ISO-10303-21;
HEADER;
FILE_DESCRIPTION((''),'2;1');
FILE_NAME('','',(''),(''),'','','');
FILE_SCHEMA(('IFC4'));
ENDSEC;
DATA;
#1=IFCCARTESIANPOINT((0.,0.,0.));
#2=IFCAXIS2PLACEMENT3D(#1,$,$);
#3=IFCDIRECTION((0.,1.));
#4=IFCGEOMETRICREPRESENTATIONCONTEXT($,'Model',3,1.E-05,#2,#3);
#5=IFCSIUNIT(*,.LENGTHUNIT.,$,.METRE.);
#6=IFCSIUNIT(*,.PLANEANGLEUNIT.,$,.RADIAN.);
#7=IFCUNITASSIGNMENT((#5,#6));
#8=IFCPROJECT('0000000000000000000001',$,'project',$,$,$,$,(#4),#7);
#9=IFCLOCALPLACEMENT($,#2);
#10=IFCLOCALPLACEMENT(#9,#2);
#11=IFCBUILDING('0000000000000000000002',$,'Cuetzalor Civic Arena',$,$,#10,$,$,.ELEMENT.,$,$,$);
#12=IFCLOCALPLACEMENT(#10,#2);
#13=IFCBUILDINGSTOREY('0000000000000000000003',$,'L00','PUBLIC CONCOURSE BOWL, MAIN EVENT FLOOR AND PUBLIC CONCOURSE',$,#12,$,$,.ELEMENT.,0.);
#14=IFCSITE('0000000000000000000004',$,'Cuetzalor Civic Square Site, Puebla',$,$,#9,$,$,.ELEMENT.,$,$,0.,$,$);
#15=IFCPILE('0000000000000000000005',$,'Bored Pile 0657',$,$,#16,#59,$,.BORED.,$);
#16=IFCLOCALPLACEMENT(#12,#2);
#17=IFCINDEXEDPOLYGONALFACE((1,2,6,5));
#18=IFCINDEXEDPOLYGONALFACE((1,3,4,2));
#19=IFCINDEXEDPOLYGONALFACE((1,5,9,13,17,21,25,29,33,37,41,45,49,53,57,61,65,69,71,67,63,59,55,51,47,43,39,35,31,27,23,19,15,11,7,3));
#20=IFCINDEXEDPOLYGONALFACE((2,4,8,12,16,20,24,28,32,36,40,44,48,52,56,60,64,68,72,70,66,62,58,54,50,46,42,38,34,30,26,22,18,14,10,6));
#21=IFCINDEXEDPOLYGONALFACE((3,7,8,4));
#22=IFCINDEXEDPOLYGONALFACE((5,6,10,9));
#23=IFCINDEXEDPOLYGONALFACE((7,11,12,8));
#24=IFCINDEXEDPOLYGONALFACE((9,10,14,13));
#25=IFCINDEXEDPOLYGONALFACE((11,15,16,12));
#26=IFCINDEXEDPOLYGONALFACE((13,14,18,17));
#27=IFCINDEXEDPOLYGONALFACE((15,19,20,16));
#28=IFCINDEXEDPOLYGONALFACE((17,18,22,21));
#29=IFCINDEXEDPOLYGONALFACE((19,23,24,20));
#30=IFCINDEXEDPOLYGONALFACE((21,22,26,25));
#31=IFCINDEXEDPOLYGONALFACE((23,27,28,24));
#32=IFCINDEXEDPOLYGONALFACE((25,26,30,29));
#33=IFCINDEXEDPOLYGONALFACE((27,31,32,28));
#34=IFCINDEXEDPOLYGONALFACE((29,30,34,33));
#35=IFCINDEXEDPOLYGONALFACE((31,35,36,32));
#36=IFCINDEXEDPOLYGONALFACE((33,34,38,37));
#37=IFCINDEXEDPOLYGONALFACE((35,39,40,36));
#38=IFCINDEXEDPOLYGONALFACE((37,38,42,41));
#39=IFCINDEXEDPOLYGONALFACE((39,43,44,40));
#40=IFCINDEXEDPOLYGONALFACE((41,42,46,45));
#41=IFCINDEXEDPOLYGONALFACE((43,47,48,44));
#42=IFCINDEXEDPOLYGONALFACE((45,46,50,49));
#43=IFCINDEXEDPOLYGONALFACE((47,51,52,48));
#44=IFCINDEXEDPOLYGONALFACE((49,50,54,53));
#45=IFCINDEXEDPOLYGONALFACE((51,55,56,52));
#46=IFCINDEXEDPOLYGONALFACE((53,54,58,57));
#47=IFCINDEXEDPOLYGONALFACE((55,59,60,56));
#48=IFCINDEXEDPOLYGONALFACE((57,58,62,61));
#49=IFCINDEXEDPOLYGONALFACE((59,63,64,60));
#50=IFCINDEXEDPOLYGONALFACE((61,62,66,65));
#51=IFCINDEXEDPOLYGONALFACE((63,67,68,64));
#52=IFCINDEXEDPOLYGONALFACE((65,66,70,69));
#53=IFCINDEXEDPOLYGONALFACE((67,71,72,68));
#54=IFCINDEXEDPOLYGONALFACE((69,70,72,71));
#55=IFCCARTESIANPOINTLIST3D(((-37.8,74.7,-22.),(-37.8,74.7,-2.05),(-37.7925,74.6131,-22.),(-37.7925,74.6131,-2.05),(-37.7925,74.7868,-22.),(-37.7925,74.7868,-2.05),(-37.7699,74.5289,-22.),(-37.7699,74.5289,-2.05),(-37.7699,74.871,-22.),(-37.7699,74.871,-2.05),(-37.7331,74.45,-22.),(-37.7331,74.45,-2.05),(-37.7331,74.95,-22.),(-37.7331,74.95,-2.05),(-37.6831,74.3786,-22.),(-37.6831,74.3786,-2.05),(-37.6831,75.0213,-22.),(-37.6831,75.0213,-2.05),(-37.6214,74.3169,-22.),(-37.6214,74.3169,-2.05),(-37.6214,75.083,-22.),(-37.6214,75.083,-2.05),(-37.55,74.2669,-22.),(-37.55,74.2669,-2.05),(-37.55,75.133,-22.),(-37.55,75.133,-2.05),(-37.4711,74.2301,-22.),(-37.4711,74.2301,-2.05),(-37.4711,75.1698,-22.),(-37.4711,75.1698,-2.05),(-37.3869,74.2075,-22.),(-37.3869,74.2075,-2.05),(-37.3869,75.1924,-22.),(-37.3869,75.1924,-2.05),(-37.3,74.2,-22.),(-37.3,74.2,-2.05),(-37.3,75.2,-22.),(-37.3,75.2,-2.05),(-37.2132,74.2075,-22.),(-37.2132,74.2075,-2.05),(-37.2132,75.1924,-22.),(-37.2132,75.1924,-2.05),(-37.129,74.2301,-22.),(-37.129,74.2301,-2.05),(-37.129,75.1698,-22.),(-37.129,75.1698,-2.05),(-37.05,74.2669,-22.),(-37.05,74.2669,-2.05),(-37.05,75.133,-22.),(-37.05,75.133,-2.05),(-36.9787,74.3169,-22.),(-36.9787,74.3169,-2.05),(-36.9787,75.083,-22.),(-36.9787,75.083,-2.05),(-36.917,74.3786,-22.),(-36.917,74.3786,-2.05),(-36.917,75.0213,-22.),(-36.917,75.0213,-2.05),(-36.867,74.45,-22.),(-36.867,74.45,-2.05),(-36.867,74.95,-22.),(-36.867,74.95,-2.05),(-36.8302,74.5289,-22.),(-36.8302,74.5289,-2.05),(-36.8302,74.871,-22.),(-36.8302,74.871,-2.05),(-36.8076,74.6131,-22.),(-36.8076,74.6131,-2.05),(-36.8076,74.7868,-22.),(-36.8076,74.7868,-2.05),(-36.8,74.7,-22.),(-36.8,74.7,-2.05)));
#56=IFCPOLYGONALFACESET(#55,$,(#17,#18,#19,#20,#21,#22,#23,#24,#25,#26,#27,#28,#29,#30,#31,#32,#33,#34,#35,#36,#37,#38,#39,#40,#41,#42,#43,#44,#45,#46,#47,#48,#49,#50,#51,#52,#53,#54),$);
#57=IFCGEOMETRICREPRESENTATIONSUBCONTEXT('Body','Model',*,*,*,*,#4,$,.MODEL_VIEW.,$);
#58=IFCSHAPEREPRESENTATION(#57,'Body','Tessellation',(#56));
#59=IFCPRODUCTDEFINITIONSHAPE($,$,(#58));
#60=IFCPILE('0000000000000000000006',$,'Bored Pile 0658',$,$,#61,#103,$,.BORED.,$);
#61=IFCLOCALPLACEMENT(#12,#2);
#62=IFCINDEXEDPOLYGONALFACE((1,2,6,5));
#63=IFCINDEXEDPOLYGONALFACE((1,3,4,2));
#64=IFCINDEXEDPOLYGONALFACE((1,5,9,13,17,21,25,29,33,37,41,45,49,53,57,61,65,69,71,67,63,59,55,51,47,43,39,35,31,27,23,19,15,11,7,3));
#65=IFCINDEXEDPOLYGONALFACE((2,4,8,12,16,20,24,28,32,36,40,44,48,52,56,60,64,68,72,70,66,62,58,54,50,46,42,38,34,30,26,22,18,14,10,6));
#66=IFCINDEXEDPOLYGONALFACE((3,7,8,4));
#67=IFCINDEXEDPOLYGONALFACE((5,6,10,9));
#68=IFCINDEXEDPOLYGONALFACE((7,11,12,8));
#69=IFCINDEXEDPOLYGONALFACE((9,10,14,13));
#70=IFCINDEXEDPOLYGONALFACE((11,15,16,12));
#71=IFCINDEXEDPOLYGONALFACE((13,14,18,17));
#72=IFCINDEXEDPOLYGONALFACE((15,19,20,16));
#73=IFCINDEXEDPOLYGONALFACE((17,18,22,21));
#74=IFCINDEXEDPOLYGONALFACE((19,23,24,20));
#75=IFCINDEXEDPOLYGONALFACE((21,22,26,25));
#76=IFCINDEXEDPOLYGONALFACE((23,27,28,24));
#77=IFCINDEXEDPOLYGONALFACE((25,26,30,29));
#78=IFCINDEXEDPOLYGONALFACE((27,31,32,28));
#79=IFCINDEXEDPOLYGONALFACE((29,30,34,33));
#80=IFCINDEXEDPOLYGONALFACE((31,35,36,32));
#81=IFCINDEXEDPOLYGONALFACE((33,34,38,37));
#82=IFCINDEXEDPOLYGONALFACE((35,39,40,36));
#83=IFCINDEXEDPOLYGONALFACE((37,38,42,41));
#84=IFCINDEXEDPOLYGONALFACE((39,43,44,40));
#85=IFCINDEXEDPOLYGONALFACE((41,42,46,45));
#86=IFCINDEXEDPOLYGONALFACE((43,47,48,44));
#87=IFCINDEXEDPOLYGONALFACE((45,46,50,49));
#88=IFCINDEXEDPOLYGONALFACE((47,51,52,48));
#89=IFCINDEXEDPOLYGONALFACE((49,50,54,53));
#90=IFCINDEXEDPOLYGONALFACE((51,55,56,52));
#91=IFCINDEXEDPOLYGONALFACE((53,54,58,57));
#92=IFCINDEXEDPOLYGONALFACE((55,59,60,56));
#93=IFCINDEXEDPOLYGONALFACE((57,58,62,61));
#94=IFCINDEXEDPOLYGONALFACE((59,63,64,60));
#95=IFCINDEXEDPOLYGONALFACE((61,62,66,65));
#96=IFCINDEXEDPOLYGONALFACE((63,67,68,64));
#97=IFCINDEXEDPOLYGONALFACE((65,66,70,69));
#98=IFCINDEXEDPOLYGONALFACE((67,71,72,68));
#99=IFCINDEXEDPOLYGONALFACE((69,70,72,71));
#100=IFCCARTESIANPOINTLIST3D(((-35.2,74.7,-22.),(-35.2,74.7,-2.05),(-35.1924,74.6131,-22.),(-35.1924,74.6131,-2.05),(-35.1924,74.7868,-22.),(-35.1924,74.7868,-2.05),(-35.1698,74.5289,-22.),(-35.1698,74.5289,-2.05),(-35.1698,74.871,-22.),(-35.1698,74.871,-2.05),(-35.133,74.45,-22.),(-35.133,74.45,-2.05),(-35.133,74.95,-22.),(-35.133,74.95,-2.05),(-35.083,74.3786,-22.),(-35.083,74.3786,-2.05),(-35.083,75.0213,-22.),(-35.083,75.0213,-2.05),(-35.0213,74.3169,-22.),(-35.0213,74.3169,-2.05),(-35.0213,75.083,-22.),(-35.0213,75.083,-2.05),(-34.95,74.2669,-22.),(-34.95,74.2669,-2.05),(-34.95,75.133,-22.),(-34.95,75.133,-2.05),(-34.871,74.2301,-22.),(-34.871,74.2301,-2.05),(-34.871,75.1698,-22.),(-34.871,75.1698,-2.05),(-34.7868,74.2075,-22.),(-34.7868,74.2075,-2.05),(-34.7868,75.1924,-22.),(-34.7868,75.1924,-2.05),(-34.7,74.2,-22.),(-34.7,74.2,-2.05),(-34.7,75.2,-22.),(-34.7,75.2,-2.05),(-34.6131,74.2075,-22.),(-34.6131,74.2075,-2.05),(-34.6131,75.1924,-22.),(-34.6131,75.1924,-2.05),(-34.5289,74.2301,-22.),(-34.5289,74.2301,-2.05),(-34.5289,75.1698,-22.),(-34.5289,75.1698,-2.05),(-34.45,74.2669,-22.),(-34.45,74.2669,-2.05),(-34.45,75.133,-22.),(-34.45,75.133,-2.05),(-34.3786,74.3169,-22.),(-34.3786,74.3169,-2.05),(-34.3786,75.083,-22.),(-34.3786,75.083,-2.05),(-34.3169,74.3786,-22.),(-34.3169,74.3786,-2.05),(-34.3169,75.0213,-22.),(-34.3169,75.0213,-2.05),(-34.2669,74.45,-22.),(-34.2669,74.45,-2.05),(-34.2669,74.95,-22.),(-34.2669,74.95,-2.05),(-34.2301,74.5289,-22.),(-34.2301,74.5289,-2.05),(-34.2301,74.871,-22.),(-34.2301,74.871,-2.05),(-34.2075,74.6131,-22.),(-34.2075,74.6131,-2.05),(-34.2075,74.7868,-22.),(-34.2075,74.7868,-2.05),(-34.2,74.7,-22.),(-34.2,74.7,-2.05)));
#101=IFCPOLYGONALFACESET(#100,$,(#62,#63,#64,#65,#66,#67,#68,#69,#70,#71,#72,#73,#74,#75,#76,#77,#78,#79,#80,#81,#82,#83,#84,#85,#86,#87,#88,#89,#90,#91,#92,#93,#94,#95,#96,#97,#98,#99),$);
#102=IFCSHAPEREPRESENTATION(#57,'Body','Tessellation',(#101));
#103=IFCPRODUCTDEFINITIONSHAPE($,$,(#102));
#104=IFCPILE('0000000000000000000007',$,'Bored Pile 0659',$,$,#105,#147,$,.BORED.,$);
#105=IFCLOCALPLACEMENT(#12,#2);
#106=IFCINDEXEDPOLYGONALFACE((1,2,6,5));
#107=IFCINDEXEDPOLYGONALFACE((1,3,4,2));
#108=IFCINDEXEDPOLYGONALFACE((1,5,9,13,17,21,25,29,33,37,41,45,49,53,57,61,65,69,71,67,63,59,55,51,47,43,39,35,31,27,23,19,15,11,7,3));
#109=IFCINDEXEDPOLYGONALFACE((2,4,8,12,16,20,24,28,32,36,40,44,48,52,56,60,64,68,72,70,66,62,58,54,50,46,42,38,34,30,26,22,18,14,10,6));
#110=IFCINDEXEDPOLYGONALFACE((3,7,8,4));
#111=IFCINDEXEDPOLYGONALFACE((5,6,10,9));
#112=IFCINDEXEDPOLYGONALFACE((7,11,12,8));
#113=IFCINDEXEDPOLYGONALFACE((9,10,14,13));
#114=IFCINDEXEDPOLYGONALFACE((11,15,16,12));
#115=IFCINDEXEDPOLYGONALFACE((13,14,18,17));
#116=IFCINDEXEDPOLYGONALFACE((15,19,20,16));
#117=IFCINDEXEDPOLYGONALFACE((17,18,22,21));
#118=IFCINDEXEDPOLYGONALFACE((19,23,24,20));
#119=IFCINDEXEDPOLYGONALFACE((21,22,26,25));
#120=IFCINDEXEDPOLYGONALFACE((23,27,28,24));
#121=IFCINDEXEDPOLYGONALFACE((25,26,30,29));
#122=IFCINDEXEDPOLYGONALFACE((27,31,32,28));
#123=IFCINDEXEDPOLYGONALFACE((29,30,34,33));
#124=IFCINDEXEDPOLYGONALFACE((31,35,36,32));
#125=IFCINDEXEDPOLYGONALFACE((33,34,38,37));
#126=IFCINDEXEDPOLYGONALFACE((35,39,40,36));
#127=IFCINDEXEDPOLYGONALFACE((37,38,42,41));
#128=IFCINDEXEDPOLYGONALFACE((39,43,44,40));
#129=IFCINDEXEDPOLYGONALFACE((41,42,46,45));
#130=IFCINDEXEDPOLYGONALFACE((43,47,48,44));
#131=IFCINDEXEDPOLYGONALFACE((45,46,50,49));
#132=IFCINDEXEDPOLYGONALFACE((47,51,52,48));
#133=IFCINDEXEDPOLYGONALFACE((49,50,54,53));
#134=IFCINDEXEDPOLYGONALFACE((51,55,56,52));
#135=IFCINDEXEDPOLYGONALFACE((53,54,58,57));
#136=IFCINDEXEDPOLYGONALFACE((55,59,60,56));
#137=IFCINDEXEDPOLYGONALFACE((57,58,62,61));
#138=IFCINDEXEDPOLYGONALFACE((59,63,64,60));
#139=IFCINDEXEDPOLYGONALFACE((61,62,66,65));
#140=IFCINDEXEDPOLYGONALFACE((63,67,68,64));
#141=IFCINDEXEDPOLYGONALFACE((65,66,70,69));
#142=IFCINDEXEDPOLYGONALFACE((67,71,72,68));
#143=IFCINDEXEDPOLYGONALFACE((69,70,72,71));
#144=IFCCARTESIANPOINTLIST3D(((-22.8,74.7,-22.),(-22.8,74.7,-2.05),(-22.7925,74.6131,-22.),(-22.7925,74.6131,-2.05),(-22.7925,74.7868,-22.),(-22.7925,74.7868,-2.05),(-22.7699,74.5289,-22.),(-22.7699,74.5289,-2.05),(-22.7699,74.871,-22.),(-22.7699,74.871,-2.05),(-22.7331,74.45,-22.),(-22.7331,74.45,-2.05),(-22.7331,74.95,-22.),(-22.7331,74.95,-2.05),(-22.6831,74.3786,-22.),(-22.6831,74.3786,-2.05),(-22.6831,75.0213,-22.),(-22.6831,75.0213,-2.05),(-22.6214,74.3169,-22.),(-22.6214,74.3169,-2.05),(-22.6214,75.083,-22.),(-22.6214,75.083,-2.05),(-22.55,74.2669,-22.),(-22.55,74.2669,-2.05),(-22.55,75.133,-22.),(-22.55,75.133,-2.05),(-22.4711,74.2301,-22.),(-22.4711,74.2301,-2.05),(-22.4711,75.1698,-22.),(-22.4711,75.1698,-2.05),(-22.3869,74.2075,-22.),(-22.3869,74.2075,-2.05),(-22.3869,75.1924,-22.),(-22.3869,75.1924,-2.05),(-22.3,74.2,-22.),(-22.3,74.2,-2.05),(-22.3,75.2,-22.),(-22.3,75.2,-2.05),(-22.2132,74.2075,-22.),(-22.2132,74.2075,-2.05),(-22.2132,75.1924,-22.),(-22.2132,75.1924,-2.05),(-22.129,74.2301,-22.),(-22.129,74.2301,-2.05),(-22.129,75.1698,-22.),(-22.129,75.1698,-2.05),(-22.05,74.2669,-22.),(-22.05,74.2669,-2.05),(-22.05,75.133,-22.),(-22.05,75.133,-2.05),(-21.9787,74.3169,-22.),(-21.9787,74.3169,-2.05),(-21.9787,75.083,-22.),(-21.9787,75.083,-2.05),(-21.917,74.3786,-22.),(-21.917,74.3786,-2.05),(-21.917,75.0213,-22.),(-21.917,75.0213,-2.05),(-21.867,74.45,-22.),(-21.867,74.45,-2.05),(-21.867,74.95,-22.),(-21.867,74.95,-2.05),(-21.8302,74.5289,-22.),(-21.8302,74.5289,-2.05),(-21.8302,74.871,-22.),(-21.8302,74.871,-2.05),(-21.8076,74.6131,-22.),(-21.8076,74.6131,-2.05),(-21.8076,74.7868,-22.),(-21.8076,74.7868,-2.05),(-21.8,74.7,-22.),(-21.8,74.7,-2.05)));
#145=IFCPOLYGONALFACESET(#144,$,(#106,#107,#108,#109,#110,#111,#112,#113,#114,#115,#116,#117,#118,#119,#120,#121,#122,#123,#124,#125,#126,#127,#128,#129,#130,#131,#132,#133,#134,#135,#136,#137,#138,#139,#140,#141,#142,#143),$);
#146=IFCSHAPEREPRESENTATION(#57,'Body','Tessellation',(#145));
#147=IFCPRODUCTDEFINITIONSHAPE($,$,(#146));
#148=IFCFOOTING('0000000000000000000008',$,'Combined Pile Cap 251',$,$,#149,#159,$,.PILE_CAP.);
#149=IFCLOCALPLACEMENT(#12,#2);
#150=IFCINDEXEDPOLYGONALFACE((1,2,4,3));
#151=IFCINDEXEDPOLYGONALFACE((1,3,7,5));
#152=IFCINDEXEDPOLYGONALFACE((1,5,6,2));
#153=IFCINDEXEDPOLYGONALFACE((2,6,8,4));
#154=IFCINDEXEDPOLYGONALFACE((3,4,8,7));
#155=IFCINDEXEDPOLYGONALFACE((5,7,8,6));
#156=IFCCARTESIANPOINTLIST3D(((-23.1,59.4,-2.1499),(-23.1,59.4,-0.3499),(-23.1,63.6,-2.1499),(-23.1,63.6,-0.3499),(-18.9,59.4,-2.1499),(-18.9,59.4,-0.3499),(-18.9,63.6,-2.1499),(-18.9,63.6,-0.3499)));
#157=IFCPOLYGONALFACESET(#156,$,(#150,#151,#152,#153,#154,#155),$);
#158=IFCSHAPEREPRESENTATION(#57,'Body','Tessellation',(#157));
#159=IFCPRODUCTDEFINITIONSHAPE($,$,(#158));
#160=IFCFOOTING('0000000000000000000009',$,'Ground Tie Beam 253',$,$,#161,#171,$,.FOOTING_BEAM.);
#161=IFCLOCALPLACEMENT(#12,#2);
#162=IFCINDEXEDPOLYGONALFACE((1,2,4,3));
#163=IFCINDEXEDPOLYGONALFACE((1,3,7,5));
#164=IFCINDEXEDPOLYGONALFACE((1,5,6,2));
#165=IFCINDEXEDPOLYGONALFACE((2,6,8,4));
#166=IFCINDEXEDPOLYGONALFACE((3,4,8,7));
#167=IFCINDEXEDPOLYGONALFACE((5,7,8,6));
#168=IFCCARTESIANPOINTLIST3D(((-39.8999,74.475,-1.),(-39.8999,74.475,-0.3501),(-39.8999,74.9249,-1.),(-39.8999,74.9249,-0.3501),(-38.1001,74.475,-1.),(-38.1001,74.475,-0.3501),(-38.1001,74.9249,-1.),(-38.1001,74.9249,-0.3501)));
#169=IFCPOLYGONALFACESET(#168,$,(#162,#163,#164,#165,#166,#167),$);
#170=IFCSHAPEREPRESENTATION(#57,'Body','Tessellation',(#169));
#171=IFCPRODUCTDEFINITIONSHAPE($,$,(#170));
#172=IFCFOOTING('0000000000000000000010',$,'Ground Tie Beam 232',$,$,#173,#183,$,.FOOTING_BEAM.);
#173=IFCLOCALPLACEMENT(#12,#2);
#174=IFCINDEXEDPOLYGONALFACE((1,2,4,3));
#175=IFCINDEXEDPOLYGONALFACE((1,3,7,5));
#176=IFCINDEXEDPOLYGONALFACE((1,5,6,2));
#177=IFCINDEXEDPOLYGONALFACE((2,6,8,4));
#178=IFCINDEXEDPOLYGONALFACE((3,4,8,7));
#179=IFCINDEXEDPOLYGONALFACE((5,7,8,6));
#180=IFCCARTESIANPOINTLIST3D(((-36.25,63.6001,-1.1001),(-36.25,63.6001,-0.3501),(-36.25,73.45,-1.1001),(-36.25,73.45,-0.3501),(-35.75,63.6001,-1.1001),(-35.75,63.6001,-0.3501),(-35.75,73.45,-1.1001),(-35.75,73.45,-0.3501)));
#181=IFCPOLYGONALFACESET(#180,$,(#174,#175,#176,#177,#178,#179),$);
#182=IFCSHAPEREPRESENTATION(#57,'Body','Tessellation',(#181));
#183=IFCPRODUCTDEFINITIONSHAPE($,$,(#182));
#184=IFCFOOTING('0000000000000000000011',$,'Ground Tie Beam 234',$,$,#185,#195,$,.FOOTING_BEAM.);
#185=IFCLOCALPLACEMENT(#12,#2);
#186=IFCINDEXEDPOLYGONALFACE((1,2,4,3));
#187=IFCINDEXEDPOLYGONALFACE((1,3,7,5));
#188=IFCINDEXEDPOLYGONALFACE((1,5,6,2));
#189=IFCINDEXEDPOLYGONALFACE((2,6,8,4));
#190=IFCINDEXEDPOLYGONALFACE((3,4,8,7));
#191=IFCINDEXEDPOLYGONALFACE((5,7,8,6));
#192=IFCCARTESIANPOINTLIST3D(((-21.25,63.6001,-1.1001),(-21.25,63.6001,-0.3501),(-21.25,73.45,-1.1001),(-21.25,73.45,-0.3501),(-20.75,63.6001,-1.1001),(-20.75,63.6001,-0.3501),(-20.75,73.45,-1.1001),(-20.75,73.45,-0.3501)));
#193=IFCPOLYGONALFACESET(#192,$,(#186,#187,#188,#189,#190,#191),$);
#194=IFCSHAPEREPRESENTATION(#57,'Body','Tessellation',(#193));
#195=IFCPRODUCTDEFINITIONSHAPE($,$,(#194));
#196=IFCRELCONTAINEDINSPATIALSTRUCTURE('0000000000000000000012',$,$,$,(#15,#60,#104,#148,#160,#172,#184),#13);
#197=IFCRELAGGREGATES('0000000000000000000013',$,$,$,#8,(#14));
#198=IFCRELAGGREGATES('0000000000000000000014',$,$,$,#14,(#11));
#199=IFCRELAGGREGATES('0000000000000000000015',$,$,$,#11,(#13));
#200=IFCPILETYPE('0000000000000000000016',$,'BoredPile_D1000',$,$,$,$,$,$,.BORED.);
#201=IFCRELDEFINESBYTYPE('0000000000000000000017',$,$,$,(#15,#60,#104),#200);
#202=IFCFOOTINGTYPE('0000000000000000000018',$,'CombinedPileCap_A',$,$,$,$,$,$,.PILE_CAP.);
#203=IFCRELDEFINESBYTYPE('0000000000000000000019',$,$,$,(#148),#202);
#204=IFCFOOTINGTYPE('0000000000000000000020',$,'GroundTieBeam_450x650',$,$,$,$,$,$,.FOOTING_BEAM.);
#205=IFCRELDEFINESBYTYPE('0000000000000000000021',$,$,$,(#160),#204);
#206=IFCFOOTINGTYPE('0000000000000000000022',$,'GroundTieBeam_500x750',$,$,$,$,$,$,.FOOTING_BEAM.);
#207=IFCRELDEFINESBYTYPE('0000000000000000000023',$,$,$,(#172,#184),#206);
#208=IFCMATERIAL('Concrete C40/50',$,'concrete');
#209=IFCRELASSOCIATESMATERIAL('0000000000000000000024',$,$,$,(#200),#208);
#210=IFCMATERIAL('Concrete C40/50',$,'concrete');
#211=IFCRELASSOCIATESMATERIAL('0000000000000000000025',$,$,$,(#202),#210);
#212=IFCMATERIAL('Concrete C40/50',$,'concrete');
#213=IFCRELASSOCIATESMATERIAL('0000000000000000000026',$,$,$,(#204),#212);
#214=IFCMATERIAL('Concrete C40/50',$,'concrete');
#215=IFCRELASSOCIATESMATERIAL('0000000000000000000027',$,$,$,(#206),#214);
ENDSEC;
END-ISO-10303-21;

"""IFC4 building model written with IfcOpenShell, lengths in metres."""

from ifc_helpers import new_model, si_unit, direction, frame, origin, origin_2d, place, context, subcontext, project, spatial, rectangle, circle, extrude, material, material_profile, profile_set, type_object, element, save


model = new_model("IFC4")

# Units and contexts
model_context = context("Model", 3, precision=1e-05, world=origin(), true_north=direction((0.0, 1.0)))
body_context = subcontext(model_context, "Body", "Model", "MODEL_VIEW")
ifc_project = project(units=[si_unit("LENGTHUNIT", "METRE"), si_unit("PLANEANGLEUNIT", "RADIAN")], contexts=[model_context])

# Site, building, storey
site_placement = place(None, origin())
site = spatial("IfcSite", under=ifc_project, at=site_placement, Name="Cuetzalor Civic Square Site, Puebla", CompositionType="ELEMENT", RefElevation=0.0)
building_placement = place(site_placement, origin())
building = spatial("IfcBuilding", under=site, at=building_placement, Name="Cuetzalor Civic Arena", CompositionType="ELEMENT")
storey_placement = place(building_placement, origin())
storey = spatial("IfcBuildingStorey", under=building, at=storey_placement, Name="L00", Description="PUBLIC CONCOURSE BOWL, MAIN EVENT FLOOR AND PUBLIC CONCOURSE", CompositionType="ELEMENT", Elevation=0.0)

# Piles
ifc_material_1 = material(Name="Concrete C40/50", Category="concrete")
ifc_material_profile_1 = material_profile(ifc_material_1, circle(Radius=0.5, at=origin_2d()), Name="BORED PILE D1000")
ifc_profile_set_1 = profile_set([ifc_material_profile_1], Name="Concrete C40/50")
pile_type = type_object("IfcPileType", Name="BoredPile_D1000", PredefinedType="BORED", material=ifc_profile_set_1)
for number, where, z_axis, x_axis, name in (
    (1, (-37.3, 74.7, -2.05), (0.0, 0.0, -1.0), (1.0, 0.0, 0.0), "Bored Pile 0657"),
    (2, (-34.7, 74.7, -2.05), (0.0, 0.0, -1.0), (1.0, 0.0, 0.0), "Bored Pile 0658"),
    (3, (-22.3, 74.7, -2.05), (0.0, 0.0, -1.0), (1.0, 0.0, 0.0), "Bored Pile 0659"),
):
    element("IfcPile", number, at=place(storey_placement, frame(where, z_axis=z_axis, x_axis=x_axis)), inside=storey, type_object=pile_type, Name=name, PredefinedType="BORED", context=body_context, shape_type="SweptSolid", body=[
        extrude(circle(Radius=0.5, at=origin_2d()), origin(), (0.0, 0.0, 1.0), 19.95),
    ])

# Footings
ifc_material_2 = material(Name="Concrete C40/50", Category="concrete")
footing_type_1 = type_object("IfcFootingType", Name="CombinedPileCap_A", PredefinedType="PILE_CAP", material=ifc_material_2)
footing_1_placement = place(storey_placement, frame((-21.0, 61.5, -2.1499), z_axis=(0.0, 0.0, 1.0), x_axis=(1.0, 0.0, 0.0)))
element("IfcFooting", 4, at=footing_1_placement, inside=storey, type_object=footing_type_1, Name="Combined Pile Cap 251", PredefinedType="PILE_CAP", context=body_context, shape_type="SweptSolid", body=[
    extrude(rectangle(XDim=4.2, YDim=4.2, at=origin_2d()), origin(), (0.0, 0.0, 1.0), 1.8),
])
ifc_material_3 = material(Name="Concrete C40/50", Category="concrete")
ifc_material_profile_2 = material_profile(ifc_material_3, rectangle(XDim=0.45, YDim=0.6499, at=origin_2d()), Name="RC 450x650")
ifc_profile_set_2 = profile_set([ifc_material_profile_2], Name="Concrete C40/50")
footing_type_2 = type_object("IfcFootingType", Name="GroundTieBeam_450x650", PredefinedType="FOOTING_BEAM", material=ifc_profile_set_2)
footing_2_placement = place(storey_placement, frame((-39.8999, 74.7, -0.675), z_axis=(1.0, 0.0, 0.0), x_axis=(0.0, 1.0, 0.0)))
element("IfcFooting", 5, at=footing_2_placement, inside=storey, type_object=footing_type_2, Name="Ground Tie Beam 253", PredefinedType="FOOTING_BEAM", context=body_context, shape_type="SweptSolid", body=[
    extrude(rectangle(XDim=0.45, YDim=0.6499, at=origin_2d()), origin(), (0.0, 0.0, 1.0), 1.7998),
])
ifc_material_4 = material(Name="Concrete C40/50", Category="concrete")
ifc_material_profile_3 = material_profile(ifc_material_4, rectangle(XDim=0.5, YDim=0.75, at=origin_2d()), Name="RC 500x750")
ifc_profile_set_3 = profile_set([ifc_material_profile_3], Name="Concrete C40/50")
footing_type_3 = type_object("IfcFootingType", Name="GroundTieBeam_500x750", PredefinedType="FOOTING_BEAM", material=ifc_profile_set_3)
for number, where, z_axis, x_axis, name in (
    (6, (-36.0, 63.6001, -0.7251), (0.0, 1.0, 0.0), (-1.0, 0.0, 0.0), "Ground Tie Beam 232"),
    (7, (-21.0, 63.6001, -0.7251), (0.0, 1.0, 0.0), (-1.0, 0.0, 0.0), "Ground Tie Beam 234"),
):
    element("IfcFooting", number, at=place(storey_placement, frame(where, z_axis=z_axis, x_axis=x_axis)), inside=storey, type_object=footing_type_3, Name=name, PredefinedType="FOOTING_BEAM", context=body_context, shape_type="SweptSolid", body=[
        extrude(rectangle(XDim=0.5, YDim=0.75, at=origin_2d()), origin(), (0.0, 0.0, 1.0), 9.8499),
    ])

save(model, "model.ifc")
